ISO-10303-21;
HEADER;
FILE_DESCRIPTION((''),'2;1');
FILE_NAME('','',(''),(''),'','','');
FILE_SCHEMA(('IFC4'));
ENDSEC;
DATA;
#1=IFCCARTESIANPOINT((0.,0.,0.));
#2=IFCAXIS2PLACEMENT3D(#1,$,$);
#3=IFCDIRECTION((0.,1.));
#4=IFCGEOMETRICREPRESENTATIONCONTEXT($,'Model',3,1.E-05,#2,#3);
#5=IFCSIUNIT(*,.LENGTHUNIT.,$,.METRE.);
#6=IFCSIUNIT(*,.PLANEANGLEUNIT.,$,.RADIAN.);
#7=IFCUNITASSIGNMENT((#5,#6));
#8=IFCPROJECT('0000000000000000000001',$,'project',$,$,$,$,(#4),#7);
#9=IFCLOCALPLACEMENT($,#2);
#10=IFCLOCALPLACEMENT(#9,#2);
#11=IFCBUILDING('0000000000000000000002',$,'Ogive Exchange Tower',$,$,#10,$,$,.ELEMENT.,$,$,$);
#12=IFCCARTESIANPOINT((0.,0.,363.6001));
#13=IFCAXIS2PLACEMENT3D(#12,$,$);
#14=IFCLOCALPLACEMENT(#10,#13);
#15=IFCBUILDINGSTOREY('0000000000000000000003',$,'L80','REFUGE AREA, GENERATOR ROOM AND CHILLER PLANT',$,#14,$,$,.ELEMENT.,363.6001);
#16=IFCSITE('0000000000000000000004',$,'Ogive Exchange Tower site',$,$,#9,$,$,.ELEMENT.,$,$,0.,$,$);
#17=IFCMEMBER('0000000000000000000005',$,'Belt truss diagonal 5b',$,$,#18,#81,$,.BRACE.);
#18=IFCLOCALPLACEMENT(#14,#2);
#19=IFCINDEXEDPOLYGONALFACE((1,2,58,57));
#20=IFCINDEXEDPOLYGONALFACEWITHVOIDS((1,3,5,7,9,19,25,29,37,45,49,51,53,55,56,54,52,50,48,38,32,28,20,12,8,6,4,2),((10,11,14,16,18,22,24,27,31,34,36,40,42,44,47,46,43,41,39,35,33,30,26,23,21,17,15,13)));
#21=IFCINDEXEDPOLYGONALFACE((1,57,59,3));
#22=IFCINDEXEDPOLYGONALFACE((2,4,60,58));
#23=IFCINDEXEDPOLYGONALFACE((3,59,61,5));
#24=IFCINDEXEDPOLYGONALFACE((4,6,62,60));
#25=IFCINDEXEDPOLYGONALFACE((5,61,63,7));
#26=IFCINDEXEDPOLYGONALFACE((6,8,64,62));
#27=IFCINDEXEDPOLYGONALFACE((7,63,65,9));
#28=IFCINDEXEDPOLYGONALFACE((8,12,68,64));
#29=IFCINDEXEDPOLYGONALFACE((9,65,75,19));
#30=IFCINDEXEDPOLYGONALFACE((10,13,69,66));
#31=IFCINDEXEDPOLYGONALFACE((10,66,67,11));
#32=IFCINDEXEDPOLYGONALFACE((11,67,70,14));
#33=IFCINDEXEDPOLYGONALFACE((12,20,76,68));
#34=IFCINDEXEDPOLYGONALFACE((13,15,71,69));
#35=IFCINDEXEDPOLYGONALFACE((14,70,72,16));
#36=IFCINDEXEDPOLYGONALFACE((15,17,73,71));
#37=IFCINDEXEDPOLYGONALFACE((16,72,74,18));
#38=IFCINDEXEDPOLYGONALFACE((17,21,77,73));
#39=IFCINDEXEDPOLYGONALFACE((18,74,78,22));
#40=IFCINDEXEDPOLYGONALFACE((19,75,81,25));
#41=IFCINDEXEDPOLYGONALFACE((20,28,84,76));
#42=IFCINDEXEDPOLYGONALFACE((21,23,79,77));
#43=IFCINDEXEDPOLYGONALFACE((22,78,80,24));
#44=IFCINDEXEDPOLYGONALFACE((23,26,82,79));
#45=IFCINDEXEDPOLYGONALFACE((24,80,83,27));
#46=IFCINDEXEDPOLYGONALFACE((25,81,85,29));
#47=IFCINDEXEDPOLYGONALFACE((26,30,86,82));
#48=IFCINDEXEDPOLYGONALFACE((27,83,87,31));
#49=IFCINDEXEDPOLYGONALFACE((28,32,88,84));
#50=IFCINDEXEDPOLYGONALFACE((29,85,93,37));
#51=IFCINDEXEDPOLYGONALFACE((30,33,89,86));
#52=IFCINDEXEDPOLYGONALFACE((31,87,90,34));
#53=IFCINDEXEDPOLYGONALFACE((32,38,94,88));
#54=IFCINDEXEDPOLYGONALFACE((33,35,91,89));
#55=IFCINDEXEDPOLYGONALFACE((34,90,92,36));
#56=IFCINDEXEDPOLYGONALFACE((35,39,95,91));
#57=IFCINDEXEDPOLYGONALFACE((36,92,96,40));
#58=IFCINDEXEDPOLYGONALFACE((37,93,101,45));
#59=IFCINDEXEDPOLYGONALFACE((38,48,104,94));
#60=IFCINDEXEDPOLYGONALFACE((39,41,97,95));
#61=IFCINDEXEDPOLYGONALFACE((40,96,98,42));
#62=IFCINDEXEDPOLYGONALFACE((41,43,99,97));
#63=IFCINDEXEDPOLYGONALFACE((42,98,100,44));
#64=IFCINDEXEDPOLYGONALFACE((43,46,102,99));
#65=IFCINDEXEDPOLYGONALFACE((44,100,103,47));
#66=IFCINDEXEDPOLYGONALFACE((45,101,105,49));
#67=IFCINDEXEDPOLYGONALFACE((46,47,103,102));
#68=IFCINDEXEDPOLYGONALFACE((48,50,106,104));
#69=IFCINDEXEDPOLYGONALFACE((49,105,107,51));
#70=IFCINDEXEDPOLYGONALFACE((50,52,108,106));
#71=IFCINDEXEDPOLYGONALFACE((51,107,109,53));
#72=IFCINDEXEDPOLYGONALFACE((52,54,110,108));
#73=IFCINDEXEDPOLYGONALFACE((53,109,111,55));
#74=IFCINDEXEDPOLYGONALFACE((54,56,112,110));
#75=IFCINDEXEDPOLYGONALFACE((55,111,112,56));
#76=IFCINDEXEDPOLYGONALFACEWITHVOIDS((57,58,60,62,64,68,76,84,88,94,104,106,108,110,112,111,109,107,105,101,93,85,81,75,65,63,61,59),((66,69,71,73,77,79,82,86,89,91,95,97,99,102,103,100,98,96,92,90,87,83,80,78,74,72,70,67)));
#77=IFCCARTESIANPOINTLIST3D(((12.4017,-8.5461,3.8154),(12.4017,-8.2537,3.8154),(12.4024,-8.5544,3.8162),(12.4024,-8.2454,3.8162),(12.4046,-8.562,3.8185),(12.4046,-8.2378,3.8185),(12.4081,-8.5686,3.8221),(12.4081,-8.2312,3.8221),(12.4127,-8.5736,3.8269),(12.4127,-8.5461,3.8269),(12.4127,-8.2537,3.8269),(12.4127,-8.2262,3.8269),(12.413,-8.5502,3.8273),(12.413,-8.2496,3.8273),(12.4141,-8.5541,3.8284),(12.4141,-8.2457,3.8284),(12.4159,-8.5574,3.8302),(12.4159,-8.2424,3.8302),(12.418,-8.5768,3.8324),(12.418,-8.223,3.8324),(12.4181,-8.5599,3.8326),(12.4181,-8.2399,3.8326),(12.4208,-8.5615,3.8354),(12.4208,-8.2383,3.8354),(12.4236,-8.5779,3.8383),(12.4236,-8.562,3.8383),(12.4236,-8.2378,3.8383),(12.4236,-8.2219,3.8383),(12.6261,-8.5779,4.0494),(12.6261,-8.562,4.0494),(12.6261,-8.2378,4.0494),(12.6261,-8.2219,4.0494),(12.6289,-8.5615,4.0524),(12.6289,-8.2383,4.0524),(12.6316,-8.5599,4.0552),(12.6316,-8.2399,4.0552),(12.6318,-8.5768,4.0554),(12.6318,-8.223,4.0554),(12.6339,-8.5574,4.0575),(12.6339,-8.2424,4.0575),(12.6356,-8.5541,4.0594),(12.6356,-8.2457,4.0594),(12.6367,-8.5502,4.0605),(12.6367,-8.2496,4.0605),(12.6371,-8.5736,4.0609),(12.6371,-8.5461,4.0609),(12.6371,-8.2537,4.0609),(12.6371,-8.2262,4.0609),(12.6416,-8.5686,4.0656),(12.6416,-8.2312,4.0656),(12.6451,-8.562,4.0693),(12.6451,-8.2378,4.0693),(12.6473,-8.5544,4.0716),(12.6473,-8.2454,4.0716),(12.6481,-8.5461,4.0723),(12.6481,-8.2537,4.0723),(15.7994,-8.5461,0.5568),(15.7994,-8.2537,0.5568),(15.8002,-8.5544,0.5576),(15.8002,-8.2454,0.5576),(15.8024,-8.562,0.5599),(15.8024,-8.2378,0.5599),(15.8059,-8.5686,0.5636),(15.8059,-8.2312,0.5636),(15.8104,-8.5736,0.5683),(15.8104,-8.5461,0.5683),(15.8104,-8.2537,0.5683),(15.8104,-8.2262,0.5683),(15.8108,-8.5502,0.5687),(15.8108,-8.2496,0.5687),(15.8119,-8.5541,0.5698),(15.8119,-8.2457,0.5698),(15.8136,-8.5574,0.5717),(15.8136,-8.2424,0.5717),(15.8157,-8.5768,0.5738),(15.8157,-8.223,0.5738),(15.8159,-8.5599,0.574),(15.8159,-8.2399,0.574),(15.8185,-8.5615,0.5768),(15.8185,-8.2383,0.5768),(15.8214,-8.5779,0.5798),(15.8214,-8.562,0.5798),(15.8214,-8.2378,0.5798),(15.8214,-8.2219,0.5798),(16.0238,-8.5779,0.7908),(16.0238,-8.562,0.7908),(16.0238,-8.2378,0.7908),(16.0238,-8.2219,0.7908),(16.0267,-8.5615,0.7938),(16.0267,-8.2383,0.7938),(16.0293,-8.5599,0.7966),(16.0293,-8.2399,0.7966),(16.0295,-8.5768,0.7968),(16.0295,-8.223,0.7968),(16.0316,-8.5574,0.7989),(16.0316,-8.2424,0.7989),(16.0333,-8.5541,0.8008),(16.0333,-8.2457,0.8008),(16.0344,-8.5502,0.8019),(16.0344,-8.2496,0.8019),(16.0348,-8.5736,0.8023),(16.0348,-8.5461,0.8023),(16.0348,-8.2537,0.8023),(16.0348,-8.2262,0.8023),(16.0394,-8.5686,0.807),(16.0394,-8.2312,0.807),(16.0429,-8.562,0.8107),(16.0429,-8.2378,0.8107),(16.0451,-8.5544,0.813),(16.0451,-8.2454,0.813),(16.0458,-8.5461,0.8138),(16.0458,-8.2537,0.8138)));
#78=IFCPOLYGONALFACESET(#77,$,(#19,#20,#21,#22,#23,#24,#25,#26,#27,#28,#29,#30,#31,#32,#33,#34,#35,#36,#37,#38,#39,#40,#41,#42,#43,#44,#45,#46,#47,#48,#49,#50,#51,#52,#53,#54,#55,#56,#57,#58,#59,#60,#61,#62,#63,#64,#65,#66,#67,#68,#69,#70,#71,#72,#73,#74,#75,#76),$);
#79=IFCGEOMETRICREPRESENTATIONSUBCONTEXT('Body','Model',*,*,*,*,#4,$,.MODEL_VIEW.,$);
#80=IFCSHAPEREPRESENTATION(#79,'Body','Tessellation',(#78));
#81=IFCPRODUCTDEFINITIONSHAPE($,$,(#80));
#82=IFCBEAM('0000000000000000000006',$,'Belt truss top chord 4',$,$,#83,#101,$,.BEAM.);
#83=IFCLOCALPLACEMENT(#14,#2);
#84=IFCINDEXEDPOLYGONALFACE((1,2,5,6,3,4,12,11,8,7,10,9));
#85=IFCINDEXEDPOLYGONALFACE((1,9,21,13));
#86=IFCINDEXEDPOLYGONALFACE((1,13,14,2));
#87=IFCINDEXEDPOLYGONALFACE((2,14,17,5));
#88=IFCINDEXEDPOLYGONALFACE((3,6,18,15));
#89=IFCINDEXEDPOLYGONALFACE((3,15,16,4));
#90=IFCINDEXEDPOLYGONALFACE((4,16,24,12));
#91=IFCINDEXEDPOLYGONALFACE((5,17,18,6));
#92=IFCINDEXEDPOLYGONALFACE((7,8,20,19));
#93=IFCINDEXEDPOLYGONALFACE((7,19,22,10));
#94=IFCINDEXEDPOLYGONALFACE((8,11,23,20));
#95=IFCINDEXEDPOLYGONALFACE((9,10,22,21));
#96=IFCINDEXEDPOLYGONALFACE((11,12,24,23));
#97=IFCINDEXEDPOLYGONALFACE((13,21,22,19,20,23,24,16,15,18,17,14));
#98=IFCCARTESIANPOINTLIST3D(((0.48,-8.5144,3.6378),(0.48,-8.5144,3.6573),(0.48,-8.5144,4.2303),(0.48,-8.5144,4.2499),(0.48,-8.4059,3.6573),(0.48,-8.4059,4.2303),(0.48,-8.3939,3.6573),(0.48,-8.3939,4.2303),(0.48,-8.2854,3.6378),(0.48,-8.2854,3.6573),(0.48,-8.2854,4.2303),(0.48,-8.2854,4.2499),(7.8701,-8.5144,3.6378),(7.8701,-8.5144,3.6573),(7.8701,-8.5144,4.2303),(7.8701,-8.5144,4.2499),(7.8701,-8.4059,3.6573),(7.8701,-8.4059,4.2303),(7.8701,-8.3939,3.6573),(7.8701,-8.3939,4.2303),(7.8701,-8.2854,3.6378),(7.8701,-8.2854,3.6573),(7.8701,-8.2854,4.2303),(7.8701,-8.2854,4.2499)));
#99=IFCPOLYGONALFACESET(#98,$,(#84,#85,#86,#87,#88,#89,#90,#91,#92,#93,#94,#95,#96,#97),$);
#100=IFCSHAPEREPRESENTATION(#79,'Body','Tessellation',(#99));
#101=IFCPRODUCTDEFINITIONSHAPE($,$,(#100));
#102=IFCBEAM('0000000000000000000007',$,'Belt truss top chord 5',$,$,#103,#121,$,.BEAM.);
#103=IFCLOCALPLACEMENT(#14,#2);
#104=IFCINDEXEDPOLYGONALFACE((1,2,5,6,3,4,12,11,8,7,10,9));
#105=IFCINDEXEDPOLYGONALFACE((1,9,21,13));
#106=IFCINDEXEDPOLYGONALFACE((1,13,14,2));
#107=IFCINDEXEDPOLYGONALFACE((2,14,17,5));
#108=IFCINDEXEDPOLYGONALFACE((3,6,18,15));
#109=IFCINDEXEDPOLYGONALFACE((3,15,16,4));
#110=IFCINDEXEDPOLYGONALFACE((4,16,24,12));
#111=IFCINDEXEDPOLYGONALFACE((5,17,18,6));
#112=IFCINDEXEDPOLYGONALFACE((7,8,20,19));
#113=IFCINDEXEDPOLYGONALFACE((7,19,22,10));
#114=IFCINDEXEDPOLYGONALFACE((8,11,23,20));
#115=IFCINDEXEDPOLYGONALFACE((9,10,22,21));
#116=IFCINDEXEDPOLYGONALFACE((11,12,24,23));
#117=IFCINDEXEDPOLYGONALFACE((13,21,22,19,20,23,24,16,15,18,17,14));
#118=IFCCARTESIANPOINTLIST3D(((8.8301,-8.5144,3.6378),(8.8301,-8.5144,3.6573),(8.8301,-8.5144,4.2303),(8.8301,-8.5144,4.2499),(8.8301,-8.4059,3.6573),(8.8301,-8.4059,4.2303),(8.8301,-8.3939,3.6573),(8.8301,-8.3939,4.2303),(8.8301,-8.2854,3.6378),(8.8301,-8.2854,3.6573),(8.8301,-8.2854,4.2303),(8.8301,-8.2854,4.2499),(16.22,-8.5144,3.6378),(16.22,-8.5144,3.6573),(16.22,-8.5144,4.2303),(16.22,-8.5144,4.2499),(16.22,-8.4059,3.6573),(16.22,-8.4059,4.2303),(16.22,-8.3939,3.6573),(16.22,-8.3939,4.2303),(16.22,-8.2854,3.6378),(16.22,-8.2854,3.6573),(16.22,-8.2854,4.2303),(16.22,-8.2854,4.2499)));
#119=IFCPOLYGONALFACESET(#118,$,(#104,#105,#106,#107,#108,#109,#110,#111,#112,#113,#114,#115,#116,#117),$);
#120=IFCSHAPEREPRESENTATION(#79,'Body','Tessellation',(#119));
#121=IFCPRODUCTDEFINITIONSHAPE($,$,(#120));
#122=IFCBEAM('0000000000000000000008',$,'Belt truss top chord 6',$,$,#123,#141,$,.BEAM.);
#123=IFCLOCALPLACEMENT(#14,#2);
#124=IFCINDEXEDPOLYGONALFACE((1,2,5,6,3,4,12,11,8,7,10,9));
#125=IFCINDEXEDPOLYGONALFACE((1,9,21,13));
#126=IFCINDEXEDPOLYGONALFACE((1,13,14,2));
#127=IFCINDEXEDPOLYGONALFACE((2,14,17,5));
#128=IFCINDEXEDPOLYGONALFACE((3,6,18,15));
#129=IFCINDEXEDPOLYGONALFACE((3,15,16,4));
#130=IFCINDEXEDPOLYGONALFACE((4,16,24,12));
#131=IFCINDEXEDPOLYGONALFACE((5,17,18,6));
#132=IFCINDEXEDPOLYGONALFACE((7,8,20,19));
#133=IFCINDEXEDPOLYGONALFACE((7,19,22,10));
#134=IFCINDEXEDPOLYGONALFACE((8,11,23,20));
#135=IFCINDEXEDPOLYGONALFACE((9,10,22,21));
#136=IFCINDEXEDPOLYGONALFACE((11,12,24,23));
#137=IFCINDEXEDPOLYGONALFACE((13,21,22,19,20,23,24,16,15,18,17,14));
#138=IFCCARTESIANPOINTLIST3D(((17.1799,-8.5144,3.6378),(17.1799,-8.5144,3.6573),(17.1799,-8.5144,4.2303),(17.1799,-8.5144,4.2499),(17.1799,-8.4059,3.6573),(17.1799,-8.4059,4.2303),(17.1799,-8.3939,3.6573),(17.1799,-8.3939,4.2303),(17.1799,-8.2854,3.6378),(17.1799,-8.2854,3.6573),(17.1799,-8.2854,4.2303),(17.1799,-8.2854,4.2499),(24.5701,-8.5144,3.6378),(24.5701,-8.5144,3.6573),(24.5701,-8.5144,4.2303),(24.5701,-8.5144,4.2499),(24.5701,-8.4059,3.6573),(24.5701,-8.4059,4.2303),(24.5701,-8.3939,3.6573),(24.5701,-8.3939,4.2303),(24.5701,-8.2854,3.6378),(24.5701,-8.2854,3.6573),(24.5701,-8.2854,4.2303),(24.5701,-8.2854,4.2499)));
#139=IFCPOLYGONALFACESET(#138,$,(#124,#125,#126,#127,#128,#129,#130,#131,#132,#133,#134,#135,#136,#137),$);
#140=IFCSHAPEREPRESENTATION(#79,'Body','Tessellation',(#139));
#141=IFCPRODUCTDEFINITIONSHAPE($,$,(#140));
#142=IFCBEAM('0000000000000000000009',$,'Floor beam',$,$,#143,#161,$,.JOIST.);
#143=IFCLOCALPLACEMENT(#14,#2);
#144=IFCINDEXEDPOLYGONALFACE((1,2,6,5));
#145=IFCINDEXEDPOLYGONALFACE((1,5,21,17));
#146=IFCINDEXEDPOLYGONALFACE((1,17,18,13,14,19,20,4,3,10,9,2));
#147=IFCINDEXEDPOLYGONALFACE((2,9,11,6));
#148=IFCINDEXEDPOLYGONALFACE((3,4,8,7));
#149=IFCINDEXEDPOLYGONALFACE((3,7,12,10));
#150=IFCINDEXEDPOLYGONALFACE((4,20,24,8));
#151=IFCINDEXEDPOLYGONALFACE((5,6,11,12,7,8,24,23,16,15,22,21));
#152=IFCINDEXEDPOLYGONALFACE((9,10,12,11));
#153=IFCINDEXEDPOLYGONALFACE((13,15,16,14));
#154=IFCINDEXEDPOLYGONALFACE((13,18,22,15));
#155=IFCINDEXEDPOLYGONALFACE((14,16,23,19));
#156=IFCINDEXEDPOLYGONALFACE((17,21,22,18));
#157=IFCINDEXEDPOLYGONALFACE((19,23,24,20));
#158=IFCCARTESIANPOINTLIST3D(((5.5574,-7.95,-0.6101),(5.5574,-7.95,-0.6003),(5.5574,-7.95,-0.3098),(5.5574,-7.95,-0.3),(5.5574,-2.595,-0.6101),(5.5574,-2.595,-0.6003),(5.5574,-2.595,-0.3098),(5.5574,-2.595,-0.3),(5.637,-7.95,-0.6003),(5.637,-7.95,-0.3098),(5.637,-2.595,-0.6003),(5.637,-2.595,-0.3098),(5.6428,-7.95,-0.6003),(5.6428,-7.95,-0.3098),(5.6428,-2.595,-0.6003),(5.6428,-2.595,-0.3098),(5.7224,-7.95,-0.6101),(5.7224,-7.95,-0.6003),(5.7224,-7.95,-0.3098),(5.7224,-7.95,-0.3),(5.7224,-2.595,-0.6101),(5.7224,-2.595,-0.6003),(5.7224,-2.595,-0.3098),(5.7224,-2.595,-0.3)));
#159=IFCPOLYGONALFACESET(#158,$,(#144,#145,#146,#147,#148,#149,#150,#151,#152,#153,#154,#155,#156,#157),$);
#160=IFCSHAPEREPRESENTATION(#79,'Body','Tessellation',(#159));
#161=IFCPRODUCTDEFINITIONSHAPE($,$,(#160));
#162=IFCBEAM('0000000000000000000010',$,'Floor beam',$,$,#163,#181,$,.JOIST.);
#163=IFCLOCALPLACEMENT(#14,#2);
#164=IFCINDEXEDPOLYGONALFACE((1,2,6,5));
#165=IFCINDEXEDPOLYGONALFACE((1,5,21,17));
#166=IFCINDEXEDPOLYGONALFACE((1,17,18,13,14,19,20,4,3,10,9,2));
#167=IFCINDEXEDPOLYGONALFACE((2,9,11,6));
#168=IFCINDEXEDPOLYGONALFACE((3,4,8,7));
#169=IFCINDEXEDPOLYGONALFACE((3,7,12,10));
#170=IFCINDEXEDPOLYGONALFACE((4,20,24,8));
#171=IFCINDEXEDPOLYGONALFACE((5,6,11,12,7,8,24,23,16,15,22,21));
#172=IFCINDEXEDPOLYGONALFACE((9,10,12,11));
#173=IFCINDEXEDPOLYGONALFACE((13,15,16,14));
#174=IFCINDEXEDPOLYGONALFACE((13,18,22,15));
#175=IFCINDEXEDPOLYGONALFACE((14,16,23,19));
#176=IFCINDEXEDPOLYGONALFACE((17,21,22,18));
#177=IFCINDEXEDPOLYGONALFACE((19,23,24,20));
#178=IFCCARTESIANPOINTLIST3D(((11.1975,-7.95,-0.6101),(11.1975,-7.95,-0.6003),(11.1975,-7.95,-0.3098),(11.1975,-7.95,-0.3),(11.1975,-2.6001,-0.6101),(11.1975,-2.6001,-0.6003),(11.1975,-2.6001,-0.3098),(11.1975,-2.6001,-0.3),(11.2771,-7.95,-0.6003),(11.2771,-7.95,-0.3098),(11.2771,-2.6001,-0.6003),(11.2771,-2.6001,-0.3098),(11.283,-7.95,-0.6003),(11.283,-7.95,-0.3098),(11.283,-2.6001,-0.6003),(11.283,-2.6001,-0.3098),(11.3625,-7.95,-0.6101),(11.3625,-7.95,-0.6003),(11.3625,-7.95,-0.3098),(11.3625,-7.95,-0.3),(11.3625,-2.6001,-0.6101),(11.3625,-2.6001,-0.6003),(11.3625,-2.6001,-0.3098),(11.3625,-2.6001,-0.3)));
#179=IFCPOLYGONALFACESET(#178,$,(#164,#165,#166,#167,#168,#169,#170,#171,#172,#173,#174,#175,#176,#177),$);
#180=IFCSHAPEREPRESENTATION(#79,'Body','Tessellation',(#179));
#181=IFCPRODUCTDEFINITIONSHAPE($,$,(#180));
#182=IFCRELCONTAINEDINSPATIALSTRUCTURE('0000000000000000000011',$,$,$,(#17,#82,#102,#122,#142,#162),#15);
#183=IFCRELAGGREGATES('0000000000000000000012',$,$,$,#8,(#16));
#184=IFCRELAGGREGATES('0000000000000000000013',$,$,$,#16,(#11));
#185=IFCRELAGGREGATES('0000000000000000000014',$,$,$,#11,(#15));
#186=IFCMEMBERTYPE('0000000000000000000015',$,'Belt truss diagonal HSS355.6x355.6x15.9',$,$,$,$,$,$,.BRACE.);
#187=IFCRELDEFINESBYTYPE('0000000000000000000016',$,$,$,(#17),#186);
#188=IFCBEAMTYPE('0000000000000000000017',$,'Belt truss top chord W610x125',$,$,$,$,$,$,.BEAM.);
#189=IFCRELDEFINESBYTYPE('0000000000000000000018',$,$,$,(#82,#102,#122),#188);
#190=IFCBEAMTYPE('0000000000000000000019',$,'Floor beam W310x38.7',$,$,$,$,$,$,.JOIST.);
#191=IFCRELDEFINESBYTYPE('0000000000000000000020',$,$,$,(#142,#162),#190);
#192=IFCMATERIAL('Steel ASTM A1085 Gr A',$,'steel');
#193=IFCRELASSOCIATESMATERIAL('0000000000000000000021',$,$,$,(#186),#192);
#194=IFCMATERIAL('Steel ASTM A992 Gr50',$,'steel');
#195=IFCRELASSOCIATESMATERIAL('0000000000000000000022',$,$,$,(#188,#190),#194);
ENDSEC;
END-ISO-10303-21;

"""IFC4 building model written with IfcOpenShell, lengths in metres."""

from ifc_helpers import new_model, si_unit, direction, frame, origin, origin_2d, place, context, subcontext, project, spatial, hollow_rectangle, i_section, extrude, material, material_profile, profile_set, type_object, element, save


model = new_model("IFC4")

# Units and contexts
model_context = context("Model", 3, precision=1e-05, world=origin(), true_north=direction((0.0, 1.0)))
body_context = subcontext(model_context, "Body", "Model", "MODEL_VIEW")
ifc_project = project(units=[si_unit("LENGTHUNIT", "METRE"), si_unit("PLANEANGLEUNIT", "RADIAN")], contexts=[model_context])

# Site, building, storey
site_placement = place(None, origin())
site = spatial("IfcSite", under=ifc_project, at=site_placement, Name="Ogive Exchange Tower site", CompositionType="ELEMENT", RefElevation=0.0)
building_placement = place(site_placement, origin())
building = spatial("IfcBuilding", under=site, at=building_placement, Name="Ogive Exchange Tower", CompositionType="ELEMENT")
storey_placement = place(building_placement, frame((0.0, 0.0, 363.6001)))
storey = spatial("IfcBuildingStorey", under=building, at=storey_placement, Name="L80", Description="REFUGE AREA, GENERATOR ROOM AND CHILLER PLANT", CompositionType="ELEMENT", Elevation=363.6001)

# Shared definitions
ifc_material_1 = material(Name="Steel ASTM A992 Gr50", Category="steel")

# Member
ifc_material_2 = material(Name="Steel ASTM A1085 Gr A", Category="steel")
ifc_material_profile_1 = material_profile(ifc_material_2, hollow_rectangle(XDim=0.356, YDim=0.356, WallThickness=0.0159, InnerFilletRadius=0.0159, OuterFilletRadius=0.0317, at=origin_2d()), Name="HSS355.6x355.6x15.9")
ifc_profile_set_1 = profile_set([ifc_material_profile_1], Name="Steel ASTM A1085 Gr A")
member_type = type_object("IfcMemberType", Name="Belt truss diagonal HSS355.6x355.6x15.9", PredefinedType="BRACE", material=ifc_profile_set_1)
member_placement = place(storey_placement, frame((15.9226, -8.3999, 0.6853), z_axis=(-0.721732, 0.0, 0.692172), x_axis=(0.0, -1.0, 0.0)))
element("IfcMember", 1, at=member_placement, inside=storey, type_object=member_type, Name="Belt truss diagonal 5b", PredefinedType="BRACE", context=body_context, shape_type="SweptSolid", body=[
    extrude(hollow_rectangle(XDim=0.356, YDim=0.356, WallThickness=0.0159, InnerFilletRadius=0.0159, OuterFilletRadius=0.0317, at=origin_2d()), origin(), (0.0, 0.0, 1.0), 4.7078),
])

# Beams
ifc_material_profile_2 = material_profile(ifc_material_1, i_section(OverallWidth=0.229, OverallDepth=0.6121, WebThickness=0.012, FlangeThickness=0.0195, at=origin_2d()), Name="W610x125")
ifc_profile_set_2 = profile_set([ifc_material_profile_2], Name="Steel ASTM A992 Gr50")
beam_type_1 = type_object("IfcBeamType", Name="Belt truss top chord W610x125", PredefinedType="BEAM", material=ifc_profile_set_2)
beam_1_placement = place(storey_placement, frame((0.48, -8.3999, 3.9438), z_axis=(1.0, 0.0, 0.0), x_axis=(0.0, 1.0, 0.0)))
element("IfcBeam", 2, at=beam_1_placement, inside=storey, type_object=beam_type_1, Name="Belt truss top chord 4", PredefinedType="BEAM", context=body_context, shape_type="SweptSolid", body=[
    extrude(i_section(OverallWidth=0.229, OverallDepth=0.6121, WebThickness=0.012, FlangeThickness=0.0195, at=origin_2d()), origin(), (0.0, 0.0, 1.0), 7.3901),
])
beam_2_placement = place(storey_placement, frame((8.8301, -8.3999, 3.9438), z_axis=(1.0, 0.0, 0.0), x_axis=(0.0, 1.0, 0.0)))
element("IfcBeam", 3, at=beam_2_placement, inside=storey, type_object=beam_type_1, Name="Belt truss top chord 5", PredefinedType="BEAM", context=body_context, shape_type="SweptSolid", body=[
    extrude(i_section(OverallWidth=0.229, OverallDepth=0.6121, WebThickness=0.012, FlangeThickness=0.0195, at=origin_2d()), origin(), (0.0, 0.0, 1.0), 7.3899),
])
beam_3_placement = place(storey_placement, frame((17.1799, -8.3999, 3.9438), z_axis=(1.0, 0.0, 0.0), x_axis=(0.0, 1.0, 0.0)))
element("IfcBeam", 4, at=beam_3_placement, inside=storey, type_object=beam_type_1, Name="Belt truss top chord 6", PredefinedType="BEAM", context=body_context, shape_type="SweptSolid", body=[
    extrude(i_section(OverallWidth=0.229, OverallDepth=0.6121, WebThickness=0.012, FlangeThickness=0.0195, at=origin_2d()), origin(), (0.0, 0.0, 1.0), 7.3901),
])
ifc_material_profile_3 = material_profile(ifc_material_1, i_section(OverallWidth=0.165, OverallDepth=0.3101, WebThickness=0.0059, FlangeThickness=0.0098, at=origin_2d()), Name="W310x38.7")
ifc_profile_set_3 = profile_set([ifc_material_profile_3], Name="Steel ASTM A992 Gr50")
beam_type_2 = type_object("IfcBeamType", Name="Floor beam W310x38.7", PredefinedType="JOIST", material=ifc_profile_set_3)
beam_4_placement = place(storey_placement, frame((5.6399, -7.95, -0.4551), z_axis=(0.0, 1.0, 0.0), x_axis=(-1.0, 0.0, 0.0)))
element("IfcBeam", 5, at=beam_4_placement, inside=storey, type_object=beam_type_2, Name="Floor beam", PredefinedType="JOIST", context=body_context, shape_type="SweptSolid", body=[
    extrude(i_section(OverallWidth=0.165, OverallDepth=0.3101, WebThickness=0.0059, FlangeThickness=0.0098, at=origin_2d()), origin(), (0.0, 0.0, 1.0), 5.355),
])
for number, where, z_axis, x_axis, name in (
    (6, (11.28, -7.95, -0.4551), (0.0, 1.0, 0.0), (-1.0, 0.0, 0.0), "Floor beam"),
):
    element("IfcBeam", number, at=place(storey_placement, frame(where, z_axis=z_axis, x_axis=x_axis)), inside=storey, type_object=beam_type_2, Name=name, PredefinedType="JOIST", context=body_context, shape_type="SweptSolid", body=[
        extrude(i_section(OverallWidth=0.165, OverallDepth=0.3101, WebThickness=0.0059, FlangeThickness=0.0098, at=origin_2d()), origin(), (0.0, 0.0, 1.0), 5.3499),
    ])

save(model, "model.ifc")
